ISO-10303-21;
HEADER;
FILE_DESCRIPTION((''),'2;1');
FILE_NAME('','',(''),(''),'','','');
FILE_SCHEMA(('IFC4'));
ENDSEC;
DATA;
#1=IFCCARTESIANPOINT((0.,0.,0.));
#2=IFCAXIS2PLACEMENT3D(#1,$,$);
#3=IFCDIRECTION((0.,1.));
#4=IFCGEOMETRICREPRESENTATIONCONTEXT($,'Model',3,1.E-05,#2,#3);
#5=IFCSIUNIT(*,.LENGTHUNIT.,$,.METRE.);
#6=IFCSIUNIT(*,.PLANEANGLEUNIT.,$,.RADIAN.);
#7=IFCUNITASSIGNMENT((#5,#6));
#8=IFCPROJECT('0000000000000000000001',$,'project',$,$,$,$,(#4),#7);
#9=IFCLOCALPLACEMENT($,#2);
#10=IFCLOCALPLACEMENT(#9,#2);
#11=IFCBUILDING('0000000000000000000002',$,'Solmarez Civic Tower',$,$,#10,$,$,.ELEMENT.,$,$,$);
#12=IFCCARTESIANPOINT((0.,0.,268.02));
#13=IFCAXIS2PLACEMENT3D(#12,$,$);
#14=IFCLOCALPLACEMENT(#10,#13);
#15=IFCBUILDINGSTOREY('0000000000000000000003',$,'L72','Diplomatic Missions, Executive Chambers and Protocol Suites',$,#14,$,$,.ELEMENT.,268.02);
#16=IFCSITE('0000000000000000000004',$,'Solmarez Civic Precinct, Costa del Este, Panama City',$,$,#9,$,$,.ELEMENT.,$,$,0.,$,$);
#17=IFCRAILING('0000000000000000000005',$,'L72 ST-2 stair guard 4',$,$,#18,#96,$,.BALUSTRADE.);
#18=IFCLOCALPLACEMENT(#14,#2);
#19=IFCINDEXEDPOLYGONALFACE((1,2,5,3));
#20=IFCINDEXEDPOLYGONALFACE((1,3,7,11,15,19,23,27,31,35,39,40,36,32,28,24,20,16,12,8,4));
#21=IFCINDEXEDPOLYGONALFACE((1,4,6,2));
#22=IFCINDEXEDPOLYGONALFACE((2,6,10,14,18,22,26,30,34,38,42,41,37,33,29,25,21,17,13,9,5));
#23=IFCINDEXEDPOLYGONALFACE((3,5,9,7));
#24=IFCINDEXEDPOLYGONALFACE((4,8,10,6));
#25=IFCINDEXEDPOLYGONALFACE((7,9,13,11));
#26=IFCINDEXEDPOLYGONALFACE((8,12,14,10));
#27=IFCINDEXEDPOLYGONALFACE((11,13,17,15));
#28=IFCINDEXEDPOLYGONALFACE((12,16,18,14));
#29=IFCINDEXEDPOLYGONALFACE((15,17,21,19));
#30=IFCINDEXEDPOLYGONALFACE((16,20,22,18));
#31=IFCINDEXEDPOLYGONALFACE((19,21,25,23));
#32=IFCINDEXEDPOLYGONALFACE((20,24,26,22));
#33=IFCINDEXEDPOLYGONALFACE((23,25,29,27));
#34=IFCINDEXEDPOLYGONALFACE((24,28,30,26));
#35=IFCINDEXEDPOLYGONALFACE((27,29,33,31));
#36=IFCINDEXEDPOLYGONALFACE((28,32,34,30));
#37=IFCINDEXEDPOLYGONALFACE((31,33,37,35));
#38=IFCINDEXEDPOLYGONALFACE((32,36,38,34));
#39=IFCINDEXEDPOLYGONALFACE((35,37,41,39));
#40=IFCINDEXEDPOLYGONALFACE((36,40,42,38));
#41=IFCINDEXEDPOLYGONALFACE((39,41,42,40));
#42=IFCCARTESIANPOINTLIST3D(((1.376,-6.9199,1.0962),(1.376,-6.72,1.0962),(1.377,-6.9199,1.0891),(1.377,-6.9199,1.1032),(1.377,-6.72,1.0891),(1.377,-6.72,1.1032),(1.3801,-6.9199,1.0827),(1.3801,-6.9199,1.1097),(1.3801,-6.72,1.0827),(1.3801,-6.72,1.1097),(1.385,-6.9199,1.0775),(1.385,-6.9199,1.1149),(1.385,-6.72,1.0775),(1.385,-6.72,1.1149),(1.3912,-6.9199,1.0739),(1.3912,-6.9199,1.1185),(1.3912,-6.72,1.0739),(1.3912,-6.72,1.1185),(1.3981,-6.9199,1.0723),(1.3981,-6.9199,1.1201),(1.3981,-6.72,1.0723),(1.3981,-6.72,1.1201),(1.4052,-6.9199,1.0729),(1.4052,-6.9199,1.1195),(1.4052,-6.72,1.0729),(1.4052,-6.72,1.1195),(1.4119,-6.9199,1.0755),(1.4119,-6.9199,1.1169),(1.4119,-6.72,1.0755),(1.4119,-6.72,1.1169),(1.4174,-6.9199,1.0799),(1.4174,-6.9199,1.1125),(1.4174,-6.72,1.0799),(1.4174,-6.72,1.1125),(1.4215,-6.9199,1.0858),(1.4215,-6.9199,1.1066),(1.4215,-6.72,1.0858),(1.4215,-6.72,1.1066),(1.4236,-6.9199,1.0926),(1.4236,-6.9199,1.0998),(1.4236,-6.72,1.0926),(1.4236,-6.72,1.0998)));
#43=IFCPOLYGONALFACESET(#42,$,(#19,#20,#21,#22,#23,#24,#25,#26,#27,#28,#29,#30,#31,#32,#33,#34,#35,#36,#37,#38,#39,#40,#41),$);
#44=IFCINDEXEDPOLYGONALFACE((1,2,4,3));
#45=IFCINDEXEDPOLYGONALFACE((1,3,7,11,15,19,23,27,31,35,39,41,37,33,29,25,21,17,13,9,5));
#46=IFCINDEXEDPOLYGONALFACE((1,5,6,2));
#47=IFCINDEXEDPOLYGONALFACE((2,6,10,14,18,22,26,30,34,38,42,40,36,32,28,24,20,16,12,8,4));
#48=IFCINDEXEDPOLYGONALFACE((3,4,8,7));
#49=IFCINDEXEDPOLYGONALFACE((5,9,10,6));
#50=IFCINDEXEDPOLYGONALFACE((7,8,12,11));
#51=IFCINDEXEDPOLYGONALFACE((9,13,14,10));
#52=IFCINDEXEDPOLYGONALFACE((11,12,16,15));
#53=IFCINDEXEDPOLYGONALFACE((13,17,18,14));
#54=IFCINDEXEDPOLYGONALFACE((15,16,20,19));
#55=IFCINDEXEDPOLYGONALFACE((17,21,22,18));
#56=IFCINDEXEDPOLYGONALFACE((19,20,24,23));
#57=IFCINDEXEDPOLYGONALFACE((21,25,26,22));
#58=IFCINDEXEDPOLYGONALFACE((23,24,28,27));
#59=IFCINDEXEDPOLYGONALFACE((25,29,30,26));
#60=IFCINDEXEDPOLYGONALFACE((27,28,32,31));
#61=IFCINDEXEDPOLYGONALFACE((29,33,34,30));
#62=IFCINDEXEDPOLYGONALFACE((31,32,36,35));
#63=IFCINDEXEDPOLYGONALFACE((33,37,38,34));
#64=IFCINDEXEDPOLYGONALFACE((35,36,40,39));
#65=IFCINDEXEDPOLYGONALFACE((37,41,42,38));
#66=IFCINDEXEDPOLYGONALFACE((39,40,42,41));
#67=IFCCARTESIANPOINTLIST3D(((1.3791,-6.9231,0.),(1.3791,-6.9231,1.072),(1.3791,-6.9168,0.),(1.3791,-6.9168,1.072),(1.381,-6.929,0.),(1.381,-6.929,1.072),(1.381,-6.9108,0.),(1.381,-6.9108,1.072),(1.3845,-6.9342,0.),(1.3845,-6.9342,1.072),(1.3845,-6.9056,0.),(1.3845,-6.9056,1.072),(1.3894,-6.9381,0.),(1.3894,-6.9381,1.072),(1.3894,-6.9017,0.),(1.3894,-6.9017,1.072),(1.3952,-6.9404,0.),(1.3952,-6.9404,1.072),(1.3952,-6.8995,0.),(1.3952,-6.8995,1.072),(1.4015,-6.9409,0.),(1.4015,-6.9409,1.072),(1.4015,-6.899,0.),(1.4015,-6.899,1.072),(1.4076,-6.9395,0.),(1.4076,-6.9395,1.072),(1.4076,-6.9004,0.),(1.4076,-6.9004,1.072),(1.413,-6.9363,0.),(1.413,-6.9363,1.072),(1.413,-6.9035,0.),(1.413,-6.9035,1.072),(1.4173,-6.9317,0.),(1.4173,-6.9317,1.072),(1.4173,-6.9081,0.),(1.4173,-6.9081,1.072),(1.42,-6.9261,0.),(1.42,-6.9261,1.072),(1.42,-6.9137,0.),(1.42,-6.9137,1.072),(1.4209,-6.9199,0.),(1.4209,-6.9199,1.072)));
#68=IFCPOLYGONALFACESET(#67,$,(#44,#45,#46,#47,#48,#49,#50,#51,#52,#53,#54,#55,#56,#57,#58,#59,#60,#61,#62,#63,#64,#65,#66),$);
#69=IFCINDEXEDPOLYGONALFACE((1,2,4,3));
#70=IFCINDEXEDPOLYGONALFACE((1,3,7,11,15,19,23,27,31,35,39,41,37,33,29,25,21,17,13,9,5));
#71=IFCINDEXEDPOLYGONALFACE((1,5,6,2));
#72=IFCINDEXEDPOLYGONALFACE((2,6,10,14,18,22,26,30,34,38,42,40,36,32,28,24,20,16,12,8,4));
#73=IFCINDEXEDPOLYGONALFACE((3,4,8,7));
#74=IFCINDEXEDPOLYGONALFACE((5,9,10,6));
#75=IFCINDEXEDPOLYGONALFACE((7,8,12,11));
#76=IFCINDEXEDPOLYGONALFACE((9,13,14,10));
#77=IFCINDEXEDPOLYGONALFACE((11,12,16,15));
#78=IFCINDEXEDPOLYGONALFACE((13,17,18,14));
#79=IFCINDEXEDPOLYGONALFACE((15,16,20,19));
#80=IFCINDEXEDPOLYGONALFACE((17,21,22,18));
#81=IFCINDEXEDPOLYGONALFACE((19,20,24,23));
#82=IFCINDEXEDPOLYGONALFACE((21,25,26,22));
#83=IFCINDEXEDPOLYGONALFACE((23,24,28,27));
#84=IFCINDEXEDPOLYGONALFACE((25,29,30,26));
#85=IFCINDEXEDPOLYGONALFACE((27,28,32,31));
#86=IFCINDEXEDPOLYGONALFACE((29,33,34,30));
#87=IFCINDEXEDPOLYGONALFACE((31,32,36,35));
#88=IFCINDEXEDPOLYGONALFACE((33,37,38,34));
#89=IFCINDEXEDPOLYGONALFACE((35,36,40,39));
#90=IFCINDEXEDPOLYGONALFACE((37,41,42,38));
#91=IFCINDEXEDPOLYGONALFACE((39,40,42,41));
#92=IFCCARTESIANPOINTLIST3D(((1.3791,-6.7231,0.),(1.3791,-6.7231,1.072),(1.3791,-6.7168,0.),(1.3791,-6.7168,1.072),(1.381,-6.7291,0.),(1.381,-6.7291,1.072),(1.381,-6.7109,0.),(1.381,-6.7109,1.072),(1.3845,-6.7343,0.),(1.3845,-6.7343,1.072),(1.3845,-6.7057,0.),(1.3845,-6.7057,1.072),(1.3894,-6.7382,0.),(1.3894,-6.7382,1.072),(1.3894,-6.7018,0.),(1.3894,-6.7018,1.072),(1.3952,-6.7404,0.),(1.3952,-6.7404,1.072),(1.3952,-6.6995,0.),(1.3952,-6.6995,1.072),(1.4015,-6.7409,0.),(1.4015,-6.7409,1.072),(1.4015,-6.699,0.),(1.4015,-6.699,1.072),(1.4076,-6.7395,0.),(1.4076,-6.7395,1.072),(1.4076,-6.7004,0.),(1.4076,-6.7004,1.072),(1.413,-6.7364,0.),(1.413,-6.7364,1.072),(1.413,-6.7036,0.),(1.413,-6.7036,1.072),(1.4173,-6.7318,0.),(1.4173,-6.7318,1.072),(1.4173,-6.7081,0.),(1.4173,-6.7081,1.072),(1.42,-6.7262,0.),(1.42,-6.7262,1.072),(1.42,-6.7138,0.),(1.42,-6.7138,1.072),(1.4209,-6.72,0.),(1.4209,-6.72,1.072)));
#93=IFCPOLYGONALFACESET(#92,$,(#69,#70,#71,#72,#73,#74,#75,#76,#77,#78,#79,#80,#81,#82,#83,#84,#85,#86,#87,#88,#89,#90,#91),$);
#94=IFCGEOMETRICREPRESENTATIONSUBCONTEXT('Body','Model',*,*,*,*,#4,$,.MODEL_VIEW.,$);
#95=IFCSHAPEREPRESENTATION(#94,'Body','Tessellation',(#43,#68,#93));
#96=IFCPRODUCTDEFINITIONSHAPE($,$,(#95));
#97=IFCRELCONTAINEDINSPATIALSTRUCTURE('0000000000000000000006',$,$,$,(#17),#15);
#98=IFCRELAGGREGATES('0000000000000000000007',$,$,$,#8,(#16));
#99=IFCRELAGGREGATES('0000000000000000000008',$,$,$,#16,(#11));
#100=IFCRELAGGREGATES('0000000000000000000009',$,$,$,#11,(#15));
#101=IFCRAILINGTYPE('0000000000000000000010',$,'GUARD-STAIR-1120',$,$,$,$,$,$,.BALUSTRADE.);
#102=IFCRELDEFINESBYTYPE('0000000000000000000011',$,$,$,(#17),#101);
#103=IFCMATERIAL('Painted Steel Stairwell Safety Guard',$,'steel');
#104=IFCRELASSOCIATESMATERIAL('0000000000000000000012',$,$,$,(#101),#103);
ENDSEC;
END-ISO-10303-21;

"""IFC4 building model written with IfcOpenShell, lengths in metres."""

from ifc_helpers import new_model, si_unit, direction, frame, origin, origin_2d, place, context, subcontext, project, spatial, circle, extrude, material, type_object, element, save


model = new_model("IFC4")

# Units and contexts
model_context = context("Model", 3, precision=1e-05, world=origin(), true_north=direction((0.0, 1.0)))
body_context = subcontext(model_context, "Body", "Model", "MODEL_VIEW")
ifc_project = project(units=[si_unit("LENGTHUNIT", "METRE"), si_unit("PLANEANGLEUNIT", "RADIAN")], contexts=[model_context])

# Site, building, storey
site_placement = place(None, origin())
site = spatial("IfcSite", under=ifc_project, at=site_placement, Name="Solmarez Civic Precinct, Costa del Este, Panama City", CompositionType="ELEMENT", RefElevation=0.0)
building_placement = place(site_placement, origin())
building = spatial("IfcBuilding", under=site, at=building_placement, Name="Solmarez Civic Tower", CompositionType="ELEMENT")
storey_placement = place(building_placement, frame((0.0, 0.0, 268.02)))
storey = spatial("IfcBuildingStorey", under=building, at=storey_placement, Name="L72", Description="Diplomatic Missions, Executive Chambers and Protocol Suites", CompositionType="ELEMENT", Elevation=268.02)

# Railing
ifc_material_1 = material(Name="Painted Steel Stairwell Safety Guard", Category="steel")
railing_type_1 = type_object("IfcRailingType", Name="GUARD-STAIR-1120", PredefinedType="BALUSTRADE", material=ifc_material_1)
railing_1_placement = place(storey_placement, frame((1.3999, -6.9199, 0.0)))
element("IfcRailing", 1, at=railing_1_placement, inside=storey, type_object=railing_type_1, Name="L72 ST-2 stair guard 4", PredefinedType="BALUSTRADE", context=body_context, shape_type="SweptSolid", body=[
    extrude(circle(Radius=0.0239, at=origin_2d()), frame((0.0, 0.0, 1.0962), z_axis=(0.0, 1.0, 0.0), x_axis=(-1.0, 0.0, 0.0)), (0.0, 0.0, 1.0), 0.2),
    extrude(circle(Radius=0.021, at=origin_2d()), origin(), (0.0, 0.0, 1.0), 1.072),
    extrude(circle(Radius=0.021, at=origin_2d()), frame((0.0, 0.2, 0.0)), (0.0, 0.0, 1.0), 1.072),
])

save(model, "model.ifc")
